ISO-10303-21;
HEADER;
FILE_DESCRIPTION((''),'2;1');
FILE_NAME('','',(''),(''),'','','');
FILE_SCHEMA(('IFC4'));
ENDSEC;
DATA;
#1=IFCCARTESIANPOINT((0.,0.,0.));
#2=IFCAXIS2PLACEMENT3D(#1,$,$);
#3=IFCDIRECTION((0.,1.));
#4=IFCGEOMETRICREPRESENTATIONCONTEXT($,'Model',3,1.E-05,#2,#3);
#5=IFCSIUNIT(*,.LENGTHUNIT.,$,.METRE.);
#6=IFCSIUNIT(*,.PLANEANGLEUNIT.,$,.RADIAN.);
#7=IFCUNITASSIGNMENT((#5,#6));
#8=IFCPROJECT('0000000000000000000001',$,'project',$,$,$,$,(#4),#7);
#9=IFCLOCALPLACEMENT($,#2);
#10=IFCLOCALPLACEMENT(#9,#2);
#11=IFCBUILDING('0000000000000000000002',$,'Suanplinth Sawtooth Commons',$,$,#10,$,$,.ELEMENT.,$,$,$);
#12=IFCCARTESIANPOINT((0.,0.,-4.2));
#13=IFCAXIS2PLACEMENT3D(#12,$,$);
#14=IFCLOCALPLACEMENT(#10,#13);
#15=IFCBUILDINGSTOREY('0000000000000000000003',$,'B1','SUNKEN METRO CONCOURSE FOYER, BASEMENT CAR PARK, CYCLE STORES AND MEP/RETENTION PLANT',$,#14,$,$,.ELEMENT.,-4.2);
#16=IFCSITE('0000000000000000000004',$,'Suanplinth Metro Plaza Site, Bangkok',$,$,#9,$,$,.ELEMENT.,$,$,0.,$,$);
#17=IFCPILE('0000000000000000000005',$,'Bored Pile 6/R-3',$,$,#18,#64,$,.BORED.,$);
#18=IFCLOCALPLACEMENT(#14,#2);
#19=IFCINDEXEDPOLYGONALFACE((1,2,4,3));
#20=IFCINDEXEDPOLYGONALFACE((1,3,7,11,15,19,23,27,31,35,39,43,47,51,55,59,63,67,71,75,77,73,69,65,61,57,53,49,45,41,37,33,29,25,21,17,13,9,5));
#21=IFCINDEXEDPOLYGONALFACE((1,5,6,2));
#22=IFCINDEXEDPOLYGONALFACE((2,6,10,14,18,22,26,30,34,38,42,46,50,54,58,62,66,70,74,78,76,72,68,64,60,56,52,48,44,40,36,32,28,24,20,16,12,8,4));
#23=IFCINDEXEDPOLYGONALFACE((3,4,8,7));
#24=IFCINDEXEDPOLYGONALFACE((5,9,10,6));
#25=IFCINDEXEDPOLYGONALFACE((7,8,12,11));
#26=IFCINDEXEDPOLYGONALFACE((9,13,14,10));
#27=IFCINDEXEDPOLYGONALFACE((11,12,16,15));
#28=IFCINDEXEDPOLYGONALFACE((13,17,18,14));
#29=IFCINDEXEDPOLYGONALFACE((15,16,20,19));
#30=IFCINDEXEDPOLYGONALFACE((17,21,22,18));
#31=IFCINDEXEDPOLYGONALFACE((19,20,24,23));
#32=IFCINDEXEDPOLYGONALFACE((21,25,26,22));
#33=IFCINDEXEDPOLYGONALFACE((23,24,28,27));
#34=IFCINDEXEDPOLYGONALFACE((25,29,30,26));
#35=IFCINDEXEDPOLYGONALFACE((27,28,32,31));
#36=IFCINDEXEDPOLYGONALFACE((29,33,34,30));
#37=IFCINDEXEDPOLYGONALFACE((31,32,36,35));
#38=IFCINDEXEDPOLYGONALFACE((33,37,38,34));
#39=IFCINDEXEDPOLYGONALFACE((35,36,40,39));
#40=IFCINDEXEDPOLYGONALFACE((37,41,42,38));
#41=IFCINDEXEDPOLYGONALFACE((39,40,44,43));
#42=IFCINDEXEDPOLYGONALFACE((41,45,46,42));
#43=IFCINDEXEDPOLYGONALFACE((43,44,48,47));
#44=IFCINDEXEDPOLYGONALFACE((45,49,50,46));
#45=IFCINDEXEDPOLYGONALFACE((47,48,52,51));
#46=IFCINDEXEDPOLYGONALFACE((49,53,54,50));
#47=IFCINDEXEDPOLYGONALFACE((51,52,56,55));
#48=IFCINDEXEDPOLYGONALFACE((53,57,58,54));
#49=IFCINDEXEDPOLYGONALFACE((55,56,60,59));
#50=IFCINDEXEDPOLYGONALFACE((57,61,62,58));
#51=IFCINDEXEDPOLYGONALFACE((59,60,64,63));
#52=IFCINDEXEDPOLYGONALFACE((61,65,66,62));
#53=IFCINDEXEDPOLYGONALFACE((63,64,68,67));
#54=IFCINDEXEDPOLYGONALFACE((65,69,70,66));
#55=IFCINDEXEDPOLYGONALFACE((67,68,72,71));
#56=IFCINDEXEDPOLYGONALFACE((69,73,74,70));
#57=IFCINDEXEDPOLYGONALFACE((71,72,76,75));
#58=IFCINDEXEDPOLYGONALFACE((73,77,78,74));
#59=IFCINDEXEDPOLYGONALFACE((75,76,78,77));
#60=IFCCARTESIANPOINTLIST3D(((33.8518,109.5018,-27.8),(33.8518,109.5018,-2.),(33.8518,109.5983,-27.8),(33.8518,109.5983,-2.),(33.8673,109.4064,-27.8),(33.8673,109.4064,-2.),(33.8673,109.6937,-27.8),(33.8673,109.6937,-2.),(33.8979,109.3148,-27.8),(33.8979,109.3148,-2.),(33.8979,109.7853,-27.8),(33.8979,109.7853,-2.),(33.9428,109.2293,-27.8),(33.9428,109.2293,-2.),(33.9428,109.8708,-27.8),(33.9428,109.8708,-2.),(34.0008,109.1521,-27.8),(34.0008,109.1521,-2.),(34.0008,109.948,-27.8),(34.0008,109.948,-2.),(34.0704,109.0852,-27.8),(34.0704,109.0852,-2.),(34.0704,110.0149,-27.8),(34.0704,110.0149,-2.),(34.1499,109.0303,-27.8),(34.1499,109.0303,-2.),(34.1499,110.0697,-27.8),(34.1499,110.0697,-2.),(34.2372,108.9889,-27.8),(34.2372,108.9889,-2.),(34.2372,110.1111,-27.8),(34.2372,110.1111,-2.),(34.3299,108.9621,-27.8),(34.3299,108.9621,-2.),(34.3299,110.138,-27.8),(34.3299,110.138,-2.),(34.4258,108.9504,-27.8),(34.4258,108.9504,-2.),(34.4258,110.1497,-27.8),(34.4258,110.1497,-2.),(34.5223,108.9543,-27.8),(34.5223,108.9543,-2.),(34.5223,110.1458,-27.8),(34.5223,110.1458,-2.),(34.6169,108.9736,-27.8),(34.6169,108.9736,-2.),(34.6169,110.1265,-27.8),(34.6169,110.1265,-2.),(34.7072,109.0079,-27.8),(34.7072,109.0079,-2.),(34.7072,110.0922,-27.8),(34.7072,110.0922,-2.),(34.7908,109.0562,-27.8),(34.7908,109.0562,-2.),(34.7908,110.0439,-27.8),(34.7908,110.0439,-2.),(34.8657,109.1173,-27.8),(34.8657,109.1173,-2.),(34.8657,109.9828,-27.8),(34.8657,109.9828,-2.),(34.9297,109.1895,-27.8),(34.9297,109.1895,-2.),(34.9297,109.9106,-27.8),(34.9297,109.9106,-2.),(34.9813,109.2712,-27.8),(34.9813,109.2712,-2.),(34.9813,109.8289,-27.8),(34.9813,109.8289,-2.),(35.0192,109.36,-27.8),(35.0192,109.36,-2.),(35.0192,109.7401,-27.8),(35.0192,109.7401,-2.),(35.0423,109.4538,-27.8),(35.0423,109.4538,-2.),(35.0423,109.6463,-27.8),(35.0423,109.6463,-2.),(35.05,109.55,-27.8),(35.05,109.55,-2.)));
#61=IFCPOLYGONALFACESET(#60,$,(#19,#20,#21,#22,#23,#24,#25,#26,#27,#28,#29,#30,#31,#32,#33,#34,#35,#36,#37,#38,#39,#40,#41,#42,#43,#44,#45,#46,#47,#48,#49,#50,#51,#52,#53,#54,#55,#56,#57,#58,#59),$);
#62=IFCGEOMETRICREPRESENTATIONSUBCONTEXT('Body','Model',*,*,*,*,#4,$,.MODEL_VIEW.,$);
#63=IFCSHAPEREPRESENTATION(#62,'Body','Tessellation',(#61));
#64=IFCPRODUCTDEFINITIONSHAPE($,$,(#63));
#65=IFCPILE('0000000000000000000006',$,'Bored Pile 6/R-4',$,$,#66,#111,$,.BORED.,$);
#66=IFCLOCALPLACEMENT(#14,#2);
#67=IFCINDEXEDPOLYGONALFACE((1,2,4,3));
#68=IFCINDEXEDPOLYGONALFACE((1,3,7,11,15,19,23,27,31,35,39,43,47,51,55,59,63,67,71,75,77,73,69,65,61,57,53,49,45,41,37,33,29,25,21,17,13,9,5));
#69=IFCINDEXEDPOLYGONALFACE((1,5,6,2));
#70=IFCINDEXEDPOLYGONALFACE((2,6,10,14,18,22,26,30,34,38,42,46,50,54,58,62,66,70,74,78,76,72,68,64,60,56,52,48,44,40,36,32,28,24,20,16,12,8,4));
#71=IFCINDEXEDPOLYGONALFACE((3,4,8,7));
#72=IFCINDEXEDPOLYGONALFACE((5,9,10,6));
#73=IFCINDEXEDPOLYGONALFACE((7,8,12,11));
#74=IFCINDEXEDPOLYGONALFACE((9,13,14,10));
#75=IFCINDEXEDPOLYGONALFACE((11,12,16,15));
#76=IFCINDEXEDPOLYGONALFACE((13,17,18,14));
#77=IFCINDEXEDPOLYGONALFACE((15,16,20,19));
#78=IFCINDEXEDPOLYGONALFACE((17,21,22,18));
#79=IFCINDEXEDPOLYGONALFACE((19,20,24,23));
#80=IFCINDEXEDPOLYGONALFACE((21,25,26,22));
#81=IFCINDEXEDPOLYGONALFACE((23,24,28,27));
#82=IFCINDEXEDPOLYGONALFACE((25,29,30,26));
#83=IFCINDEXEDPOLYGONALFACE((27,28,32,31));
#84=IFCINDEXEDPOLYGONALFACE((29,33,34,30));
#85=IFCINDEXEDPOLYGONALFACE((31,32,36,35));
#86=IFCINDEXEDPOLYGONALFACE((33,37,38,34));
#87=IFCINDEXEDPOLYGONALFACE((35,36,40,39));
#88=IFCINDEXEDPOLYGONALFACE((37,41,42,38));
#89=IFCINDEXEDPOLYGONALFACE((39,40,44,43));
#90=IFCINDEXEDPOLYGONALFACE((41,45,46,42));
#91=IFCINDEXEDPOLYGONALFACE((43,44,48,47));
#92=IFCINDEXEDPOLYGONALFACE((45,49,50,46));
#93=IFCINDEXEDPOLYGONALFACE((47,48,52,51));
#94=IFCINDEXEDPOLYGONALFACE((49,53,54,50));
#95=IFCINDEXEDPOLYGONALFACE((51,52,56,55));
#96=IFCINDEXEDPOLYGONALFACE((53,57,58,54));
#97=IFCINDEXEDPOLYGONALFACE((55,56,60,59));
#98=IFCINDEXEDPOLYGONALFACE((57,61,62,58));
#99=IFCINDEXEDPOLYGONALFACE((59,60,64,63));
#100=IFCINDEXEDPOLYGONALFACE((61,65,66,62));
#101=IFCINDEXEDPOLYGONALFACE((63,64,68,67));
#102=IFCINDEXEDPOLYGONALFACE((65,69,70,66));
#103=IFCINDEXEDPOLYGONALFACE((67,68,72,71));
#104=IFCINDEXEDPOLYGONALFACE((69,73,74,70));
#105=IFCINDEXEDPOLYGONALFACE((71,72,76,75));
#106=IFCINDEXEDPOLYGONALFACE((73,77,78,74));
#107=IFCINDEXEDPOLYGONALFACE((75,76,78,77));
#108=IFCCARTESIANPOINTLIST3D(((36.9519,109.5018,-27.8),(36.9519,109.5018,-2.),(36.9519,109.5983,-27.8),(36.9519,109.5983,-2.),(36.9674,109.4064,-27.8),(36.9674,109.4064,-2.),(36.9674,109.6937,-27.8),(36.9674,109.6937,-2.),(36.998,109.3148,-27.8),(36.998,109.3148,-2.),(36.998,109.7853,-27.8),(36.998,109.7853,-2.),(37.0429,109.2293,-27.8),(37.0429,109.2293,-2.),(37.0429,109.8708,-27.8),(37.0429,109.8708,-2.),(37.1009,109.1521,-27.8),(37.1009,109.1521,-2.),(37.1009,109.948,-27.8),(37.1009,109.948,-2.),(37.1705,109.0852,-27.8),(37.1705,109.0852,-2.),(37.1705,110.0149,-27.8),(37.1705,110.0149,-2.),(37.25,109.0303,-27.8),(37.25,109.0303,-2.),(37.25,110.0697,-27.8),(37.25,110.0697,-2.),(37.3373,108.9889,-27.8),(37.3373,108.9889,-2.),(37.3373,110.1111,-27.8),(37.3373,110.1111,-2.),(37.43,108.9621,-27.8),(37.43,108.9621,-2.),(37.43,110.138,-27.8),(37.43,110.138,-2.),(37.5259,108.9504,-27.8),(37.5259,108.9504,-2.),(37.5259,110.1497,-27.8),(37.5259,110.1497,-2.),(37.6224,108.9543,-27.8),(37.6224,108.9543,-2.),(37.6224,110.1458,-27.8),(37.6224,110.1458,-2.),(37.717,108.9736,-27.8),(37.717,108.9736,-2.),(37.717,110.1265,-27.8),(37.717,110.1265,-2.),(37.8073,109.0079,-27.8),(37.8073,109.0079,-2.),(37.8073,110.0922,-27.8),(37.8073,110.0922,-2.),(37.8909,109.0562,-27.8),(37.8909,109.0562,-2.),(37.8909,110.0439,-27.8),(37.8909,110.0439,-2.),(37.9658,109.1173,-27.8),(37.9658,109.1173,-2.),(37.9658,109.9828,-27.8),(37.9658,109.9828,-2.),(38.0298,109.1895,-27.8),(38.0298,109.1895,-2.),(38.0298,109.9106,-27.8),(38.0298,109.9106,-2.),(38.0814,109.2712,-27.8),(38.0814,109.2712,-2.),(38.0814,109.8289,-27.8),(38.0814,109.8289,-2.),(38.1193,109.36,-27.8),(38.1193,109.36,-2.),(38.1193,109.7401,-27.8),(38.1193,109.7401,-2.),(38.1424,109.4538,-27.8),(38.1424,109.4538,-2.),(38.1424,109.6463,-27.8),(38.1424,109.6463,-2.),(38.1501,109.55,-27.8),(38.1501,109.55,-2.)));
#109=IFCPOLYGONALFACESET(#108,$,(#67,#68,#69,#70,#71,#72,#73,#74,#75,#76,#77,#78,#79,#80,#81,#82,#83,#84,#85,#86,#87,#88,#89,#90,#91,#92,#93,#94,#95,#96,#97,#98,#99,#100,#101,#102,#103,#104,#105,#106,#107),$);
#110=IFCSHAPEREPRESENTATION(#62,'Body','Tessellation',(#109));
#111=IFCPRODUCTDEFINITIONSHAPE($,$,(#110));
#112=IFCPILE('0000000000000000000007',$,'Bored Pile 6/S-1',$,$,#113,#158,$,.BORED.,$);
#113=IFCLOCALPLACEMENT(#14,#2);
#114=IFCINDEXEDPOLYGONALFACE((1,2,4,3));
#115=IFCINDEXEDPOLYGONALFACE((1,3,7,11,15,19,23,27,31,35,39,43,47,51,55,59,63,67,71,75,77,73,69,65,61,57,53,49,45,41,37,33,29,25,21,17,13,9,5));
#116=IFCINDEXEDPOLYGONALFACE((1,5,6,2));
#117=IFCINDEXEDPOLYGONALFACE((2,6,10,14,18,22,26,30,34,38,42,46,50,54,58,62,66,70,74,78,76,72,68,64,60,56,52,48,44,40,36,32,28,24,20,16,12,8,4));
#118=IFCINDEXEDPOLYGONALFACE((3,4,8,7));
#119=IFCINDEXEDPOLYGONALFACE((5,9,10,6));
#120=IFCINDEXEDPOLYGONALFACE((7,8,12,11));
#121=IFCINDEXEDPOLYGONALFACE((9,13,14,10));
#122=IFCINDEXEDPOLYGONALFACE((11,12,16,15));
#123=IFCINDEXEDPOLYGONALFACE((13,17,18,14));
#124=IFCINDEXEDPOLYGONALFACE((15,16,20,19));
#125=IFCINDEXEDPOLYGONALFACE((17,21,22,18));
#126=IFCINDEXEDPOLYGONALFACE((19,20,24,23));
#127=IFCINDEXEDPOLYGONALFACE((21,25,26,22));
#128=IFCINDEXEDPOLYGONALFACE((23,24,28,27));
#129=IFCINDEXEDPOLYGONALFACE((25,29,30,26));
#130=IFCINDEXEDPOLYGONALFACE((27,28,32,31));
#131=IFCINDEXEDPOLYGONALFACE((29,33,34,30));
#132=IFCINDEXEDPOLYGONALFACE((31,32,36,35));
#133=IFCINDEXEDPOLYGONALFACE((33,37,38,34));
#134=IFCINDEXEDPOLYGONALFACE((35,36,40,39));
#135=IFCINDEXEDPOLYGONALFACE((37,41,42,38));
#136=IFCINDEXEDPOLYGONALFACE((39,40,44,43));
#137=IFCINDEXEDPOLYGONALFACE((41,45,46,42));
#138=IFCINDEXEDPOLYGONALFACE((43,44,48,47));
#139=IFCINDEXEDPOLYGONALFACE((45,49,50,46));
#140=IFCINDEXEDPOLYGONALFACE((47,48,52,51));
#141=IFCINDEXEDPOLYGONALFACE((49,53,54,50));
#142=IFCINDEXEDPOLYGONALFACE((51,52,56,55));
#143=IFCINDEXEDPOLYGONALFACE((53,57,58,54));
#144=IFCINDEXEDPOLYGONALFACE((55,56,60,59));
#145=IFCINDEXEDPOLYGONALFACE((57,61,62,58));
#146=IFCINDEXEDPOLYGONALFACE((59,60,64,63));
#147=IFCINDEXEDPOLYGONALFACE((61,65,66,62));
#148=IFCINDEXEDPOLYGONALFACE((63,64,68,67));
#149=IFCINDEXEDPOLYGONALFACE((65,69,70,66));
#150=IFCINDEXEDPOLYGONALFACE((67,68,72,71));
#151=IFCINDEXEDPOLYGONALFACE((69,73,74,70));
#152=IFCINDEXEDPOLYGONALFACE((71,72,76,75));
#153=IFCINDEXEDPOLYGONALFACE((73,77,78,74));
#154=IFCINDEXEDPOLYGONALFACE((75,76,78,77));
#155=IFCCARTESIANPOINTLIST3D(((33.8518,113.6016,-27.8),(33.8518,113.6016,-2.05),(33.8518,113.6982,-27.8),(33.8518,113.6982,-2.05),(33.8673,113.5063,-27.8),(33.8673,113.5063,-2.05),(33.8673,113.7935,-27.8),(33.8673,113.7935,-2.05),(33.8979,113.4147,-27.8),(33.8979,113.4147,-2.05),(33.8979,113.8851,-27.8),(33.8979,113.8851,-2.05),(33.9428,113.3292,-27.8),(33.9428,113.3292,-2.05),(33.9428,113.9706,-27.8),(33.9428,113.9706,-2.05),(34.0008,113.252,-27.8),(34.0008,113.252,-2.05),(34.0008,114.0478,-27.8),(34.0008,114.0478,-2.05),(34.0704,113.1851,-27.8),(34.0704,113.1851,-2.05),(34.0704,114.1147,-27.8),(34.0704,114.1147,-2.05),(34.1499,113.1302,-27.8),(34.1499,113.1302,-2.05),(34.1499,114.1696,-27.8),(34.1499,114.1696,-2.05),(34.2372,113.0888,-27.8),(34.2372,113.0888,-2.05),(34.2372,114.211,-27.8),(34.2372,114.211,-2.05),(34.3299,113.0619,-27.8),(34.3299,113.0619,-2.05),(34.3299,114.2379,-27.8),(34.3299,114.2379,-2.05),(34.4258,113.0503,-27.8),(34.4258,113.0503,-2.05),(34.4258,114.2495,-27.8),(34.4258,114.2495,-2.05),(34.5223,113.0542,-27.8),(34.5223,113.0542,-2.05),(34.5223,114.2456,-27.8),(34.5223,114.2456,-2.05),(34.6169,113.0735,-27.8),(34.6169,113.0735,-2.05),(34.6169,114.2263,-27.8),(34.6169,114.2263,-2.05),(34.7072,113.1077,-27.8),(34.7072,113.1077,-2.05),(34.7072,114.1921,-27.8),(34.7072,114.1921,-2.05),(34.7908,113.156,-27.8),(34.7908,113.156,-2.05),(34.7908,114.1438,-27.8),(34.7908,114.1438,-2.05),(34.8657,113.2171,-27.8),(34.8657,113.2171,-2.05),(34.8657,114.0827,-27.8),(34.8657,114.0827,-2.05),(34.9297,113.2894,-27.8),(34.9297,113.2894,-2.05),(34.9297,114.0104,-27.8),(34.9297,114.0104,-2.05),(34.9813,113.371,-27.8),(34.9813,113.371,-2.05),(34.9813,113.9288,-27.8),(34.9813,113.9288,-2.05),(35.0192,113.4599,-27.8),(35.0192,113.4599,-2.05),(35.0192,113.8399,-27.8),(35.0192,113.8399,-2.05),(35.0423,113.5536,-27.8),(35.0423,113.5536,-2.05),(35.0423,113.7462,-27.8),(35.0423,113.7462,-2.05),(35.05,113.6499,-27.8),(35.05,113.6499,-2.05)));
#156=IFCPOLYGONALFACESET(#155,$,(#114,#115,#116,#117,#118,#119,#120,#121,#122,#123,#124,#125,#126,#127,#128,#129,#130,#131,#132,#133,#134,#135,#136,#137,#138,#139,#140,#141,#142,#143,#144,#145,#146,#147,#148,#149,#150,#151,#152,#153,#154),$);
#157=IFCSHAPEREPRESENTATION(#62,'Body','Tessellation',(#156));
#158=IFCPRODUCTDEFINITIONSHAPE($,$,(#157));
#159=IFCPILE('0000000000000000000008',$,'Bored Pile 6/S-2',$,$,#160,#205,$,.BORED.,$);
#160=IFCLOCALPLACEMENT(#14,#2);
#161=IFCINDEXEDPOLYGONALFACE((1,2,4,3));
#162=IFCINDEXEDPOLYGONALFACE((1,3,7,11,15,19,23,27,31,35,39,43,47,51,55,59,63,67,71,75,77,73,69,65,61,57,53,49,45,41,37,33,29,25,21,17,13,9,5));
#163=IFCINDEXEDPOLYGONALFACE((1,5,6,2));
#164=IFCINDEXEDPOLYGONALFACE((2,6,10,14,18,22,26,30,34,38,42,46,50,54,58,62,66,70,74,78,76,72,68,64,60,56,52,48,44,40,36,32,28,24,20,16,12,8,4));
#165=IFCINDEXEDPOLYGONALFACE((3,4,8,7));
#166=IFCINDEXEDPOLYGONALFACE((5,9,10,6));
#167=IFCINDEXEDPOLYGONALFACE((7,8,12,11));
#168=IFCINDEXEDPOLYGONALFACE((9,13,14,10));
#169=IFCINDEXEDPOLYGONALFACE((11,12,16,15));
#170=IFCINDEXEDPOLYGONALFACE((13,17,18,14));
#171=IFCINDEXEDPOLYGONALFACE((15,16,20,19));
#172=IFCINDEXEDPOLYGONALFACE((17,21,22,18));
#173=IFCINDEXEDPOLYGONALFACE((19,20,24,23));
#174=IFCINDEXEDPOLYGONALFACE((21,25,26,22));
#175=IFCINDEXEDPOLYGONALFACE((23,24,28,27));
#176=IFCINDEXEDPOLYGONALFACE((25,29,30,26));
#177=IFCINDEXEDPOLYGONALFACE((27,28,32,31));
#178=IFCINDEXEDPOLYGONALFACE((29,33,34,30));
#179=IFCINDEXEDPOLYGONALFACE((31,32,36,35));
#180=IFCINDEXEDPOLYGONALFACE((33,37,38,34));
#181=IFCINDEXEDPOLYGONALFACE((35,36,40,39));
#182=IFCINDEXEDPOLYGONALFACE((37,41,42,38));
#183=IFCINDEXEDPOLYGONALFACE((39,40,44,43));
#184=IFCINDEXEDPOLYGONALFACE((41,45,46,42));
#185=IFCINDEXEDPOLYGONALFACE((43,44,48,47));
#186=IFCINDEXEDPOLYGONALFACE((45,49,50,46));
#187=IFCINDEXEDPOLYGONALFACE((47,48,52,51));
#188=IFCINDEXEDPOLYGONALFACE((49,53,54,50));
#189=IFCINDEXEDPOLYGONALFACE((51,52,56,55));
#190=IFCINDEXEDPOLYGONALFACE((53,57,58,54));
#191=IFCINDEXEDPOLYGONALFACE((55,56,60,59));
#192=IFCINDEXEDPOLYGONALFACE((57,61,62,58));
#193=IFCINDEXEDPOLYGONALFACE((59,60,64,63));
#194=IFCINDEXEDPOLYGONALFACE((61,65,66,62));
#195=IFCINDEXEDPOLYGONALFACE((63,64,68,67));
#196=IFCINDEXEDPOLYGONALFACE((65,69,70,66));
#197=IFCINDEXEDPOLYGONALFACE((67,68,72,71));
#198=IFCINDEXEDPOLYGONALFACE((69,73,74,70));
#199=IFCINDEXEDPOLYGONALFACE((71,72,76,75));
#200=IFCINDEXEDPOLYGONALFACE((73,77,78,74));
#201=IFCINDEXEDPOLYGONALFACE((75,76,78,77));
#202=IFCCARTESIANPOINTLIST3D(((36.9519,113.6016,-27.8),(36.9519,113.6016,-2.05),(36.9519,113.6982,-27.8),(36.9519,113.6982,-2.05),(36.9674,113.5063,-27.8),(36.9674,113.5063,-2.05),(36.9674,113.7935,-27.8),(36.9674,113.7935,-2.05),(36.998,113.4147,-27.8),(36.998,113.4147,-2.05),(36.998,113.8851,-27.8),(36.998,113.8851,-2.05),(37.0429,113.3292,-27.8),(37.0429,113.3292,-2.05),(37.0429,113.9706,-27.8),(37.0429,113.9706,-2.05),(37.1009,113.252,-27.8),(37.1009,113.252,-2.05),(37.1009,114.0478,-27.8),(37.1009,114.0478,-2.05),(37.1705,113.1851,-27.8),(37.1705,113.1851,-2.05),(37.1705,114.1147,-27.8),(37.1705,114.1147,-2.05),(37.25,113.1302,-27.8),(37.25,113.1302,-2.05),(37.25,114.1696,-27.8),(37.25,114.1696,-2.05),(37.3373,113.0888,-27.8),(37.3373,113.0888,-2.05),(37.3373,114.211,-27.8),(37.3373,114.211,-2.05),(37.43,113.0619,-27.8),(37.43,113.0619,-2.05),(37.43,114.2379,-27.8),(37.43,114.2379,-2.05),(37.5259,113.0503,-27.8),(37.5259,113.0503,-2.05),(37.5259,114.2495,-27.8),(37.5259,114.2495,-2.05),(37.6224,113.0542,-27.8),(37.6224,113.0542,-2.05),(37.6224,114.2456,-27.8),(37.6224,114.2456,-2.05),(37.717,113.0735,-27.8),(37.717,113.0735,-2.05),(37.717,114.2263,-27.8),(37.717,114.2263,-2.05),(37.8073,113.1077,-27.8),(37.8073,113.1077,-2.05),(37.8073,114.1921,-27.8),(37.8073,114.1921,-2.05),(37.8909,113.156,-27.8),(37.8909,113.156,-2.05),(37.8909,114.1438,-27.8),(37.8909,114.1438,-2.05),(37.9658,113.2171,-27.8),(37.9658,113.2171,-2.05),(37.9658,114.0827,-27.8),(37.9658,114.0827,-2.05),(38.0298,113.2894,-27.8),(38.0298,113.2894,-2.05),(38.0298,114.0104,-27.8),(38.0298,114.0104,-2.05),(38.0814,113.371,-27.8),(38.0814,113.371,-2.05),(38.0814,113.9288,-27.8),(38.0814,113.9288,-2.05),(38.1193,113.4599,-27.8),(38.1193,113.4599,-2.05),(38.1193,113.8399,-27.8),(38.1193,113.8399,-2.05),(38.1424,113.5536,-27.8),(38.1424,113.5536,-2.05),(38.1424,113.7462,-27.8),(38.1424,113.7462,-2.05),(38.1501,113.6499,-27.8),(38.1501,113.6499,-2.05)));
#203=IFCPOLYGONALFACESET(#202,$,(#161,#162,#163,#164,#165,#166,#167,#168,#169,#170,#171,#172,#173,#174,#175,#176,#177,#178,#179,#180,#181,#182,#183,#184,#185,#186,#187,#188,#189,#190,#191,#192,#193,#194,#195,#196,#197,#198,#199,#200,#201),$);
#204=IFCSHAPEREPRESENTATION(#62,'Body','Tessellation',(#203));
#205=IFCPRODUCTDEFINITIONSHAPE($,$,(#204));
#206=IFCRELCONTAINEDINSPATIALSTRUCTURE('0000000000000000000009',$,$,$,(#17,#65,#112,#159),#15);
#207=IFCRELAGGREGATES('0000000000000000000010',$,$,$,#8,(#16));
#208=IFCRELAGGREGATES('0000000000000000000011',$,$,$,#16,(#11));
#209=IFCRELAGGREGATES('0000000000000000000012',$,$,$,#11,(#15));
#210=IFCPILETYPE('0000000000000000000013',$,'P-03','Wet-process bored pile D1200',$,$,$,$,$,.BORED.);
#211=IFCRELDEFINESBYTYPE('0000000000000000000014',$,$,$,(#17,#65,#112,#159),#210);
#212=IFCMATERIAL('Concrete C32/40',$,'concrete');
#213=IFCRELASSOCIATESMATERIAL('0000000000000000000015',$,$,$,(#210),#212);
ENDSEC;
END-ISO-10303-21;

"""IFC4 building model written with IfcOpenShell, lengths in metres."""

from ifc_helpers import new_model, si_unit, direction, frame, origin, origin_2d, place, context, subcontext, project, spatial, circle, extrude, material, material_profile, profile_set, type_object, element, save


model = new_model("IFC4")

# Units and contexts
model_context = context("Model", 3, precision=1e-05, world=origin(), true_north=direction((0.0, 1.0)))
body_context = subcontext(model_context, "Body", "Model", "MODEL_VIEW")
ifc_project = project(units=[si_unit("LENGTHUNIT", "METRE"), si_unit("PLANEANGLEUNIT", "RADIAN")], contexts=[model_context])

# Site, building, storey
site_placement = place(None, origin())
site = spatial("IfcSite", under=ifc_project, at=site_placement, Name="Suanplinth Metro Plaza Site, Bangkok", CompositionType="ELEMENT", RefElevation=0.0)
building_placement = place(site_placement, origin())
building = spatial("IfcBuilding", under=site, at=building_placement, Name="Suanplinth Sawtooth Commons", CompositionType="ELEMENT")
storey_placement = place(building_placement, frame((0.0, 0.0, -4.2)))
storey = spatial("IfcBuildingStorey", under=building, at=storey_placement, Name="B1", Description="SUNKEN METRO CONCOURSE FOYER, BASEMENT CAR PARK, CYCLE STORES AND MEP/RETENTION PLANT", CompositionType="ELEMENT", Elevation=-4.2)

# Piles
ifc_material_1 = material(Name="Concrete C32/40", Category="concrete")
ifc_material_profile_1 = material_profile(ifc_material_1, circle(Radius=0.6001, at=origin_2d()), Name="PILE D1200")
ifc_profile_set_1 = profile_set([ifc_material_profile_1], Name="Concrete C32/40")
pile_type = type_object("IfcPileType", Name="P-03", Description="Wet-process bored pile D1200", PredefinedType="BORED", material=ifc_profile_set_1)
for number, where, z_axis, x_axis, name in (
    (1, (34.45, 109.55, -2.0), (0.0, 0.0, -1.0), (1.0, 0.0, 0.0), "Bored Pile 6/R-3"),
    (2, (37.55, 109.55, -2.0), (0.0, 0.0, -1.0), (1.0, 0.0, 0.0), "Bored Pile 6/R-4"),
):
    element("IfcPile", number, at=place(storey_placement, frame(where, z_axis=z_axis, x_axis=x_axis)), inside=storey, type_object=pile_type, Name=name, PredefinedType="BORED", context=body_context, shape_type="SweptSolid", body=[
        extrude(circle(Radius=0.6001, at=origin_2d()), origin(), (0.0, 0.0, 1.0), 25.8),
    ])
for number, where, z_axis, x_axis, name in (
    (3, (34.45, 113.6499, -2.05), (0.0, 0.0, -1.0), (1.0, 0.0, 0.0), "Bored Pile 6/S-1"),
    (4, (37.55, 113.6499, -2.05), (0.0, 0.0, -1.0), (1.0, 0.0, 0.0), "Bored Pile 6/S-2"),
):
    element("IfcPile", number, at=place(storey_placement, frame(where, z_axis=z_axis, x_axis=x_axis)), inside=storey, type_object=pile_type, Name=name, PredefinedType="BORED", context=body_context, shape_type="SweptSolid", body=[
        extrude(circle(Radius=0.6001, at=origin_2d()), origin(), (0.0, 0.0, 1.0), 25.75),
    ])

save(model, "model.ifc")
